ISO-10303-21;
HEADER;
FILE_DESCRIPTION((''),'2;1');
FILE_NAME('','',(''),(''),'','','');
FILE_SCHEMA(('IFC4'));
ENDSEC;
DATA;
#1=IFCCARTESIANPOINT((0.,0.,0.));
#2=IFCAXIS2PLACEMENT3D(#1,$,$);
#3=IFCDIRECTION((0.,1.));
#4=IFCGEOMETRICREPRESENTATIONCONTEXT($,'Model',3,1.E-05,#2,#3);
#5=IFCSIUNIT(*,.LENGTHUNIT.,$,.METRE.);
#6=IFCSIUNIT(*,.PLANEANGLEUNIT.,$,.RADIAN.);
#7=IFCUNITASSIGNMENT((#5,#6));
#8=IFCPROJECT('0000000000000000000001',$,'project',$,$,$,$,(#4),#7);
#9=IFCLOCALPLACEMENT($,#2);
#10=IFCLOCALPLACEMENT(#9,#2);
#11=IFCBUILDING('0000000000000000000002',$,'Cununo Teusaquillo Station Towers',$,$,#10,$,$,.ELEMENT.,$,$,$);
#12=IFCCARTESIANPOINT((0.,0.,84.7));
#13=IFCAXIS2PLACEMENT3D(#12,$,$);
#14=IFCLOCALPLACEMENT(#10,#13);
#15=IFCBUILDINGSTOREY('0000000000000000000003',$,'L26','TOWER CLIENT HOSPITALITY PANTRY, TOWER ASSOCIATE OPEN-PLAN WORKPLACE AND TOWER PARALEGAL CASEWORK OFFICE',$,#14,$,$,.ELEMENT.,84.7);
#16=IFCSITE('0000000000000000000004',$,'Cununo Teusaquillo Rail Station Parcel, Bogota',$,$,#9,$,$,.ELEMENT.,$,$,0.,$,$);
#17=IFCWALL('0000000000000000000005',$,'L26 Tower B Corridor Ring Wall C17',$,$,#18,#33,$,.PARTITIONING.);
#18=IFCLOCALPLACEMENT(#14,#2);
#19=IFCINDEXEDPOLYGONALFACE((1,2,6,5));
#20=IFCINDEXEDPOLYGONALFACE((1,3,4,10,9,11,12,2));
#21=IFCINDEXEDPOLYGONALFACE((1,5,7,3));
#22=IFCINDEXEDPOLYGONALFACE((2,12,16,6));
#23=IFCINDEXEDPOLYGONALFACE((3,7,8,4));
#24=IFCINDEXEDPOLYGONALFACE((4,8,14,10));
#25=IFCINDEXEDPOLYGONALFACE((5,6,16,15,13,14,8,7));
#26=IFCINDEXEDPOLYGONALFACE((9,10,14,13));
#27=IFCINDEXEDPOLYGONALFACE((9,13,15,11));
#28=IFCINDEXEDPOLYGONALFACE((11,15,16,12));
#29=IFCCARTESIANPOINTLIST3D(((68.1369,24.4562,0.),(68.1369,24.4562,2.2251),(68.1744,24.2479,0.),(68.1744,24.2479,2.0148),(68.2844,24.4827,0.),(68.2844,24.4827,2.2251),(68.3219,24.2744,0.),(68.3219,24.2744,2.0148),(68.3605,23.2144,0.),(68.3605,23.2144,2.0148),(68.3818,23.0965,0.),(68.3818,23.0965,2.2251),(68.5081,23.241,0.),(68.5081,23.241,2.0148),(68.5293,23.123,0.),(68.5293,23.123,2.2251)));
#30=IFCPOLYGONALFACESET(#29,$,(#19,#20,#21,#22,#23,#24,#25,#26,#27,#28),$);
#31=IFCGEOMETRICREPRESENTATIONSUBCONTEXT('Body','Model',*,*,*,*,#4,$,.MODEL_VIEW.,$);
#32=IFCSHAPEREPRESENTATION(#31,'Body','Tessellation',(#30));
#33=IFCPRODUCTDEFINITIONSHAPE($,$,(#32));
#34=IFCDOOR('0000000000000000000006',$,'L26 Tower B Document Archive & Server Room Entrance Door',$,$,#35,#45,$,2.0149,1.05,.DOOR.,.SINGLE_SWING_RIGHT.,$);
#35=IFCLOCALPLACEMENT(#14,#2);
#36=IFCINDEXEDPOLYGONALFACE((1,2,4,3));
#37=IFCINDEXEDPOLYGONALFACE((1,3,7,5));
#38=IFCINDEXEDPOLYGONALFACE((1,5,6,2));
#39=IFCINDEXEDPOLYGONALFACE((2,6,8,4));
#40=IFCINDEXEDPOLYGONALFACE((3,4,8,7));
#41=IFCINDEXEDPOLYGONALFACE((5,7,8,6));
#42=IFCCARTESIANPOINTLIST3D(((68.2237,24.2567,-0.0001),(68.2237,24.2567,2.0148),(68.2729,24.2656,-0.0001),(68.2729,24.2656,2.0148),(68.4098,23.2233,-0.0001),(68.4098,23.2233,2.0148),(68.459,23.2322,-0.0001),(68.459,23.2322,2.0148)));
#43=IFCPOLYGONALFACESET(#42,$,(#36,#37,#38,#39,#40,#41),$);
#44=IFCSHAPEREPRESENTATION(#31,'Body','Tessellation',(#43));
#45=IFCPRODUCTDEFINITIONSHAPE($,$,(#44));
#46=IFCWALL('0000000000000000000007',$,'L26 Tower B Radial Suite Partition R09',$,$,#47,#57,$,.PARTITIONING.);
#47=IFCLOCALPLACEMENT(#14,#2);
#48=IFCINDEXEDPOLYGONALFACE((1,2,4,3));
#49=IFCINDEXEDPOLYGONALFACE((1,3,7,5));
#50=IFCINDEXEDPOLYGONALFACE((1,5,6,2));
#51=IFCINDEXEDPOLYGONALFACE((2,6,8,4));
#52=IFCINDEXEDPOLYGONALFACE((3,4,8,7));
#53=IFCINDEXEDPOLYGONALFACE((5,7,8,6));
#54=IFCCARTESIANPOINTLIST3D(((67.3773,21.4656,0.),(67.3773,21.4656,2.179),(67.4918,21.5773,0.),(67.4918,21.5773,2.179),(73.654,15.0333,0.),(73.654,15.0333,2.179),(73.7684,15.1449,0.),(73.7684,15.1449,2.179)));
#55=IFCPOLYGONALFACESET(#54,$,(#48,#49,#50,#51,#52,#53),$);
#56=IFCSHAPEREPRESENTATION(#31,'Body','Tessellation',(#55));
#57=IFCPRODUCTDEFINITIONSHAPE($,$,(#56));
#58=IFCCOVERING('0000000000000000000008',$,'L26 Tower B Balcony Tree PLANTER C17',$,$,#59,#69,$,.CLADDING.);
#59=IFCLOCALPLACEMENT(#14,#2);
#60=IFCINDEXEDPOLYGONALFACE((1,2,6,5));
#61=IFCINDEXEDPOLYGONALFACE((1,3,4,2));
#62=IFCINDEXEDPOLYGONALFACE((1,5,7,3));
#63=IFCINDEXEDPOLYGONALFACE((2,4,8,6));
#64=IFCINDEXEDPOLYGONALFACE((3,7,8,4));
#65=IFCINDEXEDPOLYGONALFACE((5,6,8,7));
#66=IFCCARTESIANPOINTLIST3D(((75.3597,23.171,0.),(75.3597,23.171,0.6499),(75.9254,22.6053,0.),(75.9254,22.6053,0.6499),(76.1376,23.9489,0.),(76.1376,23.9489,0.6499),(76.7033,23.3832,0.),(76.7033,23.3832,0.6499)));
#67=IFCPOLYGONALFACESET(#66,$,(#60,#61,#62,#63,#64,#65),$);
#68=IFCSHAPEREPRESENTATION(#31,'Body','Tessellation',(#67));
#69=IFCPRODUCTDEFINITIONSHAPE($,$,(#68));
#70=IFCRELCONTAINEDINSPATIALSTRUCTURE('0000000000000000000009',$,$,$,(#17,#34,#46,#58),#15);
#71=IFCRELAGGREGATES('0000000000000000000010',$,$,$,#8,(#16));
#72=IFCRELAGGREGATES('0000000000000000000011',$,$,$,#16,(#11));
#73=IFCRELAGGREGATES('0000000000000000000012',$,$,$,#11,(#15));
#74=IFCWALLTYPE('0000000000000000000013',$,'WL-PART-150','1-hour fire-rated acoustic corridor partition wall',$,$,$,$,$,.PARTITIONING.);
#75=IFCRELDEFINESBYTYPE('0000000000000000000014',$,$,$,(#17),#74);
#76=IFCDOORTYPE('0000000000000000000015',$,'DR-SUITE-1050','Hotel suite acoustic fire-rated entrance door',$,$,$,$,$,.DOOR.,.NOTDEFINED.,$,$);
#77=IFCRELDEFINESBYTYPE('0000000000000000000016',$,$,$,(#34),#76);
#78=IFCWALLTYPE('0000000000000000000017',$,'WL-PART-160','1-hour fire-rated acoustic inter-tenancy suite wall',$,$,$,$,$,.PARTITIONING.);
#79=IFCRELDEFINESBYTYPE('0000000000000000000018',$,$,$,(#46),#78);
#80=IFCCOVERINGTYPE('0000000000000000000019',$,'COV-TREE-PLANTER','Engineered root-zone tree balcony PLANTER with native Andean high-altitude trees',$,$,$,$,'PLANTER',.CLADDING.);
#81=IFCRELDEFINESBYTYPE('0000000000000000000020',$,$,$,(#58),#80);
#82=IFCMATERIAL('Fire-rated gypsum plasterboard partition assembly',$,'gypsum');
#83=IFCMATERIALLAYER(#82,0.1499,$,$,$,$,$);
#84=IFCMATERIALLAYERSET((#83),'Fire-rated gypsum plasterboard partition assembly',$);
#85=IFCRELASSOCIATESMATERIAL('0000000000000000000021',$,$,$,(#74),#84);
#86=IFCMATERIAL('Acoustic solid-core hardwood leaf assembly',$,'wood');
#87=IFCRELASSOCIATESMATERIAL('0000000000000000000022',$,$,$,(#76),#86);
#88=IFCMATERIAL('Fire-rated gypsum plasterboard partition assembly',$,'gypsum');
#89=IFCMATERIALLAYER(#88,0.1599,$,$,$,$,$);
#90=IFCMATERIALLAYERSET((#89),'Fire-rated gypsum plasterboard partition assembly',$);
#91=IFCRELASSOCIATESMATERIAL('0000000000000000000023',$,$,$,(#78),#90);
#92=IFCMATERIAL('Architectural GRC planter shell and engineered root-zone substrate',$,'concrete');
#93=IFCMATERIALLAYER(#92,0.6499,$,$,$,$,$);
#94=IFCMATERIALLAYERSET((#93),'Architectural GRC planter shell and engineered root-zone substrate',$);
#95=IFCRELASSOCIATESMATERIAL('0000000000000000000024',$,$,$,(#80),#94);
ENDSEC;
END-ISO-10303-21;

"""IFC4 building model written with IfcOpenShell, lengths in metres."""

from ifc_helpers import new_model, si_unit, direction, frame, frame_2d, origin, origin_2d, place, context, subcontext, project, spatial, rectangle, extrude, source, transform, mapped, material, layer, layer_set, type_object, element, fill, save


model = new_model("IFC4")

# Units and contexts
model_context = context("Model", 3, precision=1e-05, world=origin(), true_north=direction((0.0, 1.0)))
body_context = subcontext(model_context, "Body", "Model", "MODEL_VIEW")
ifc_project = project(units=[si_unit("LENGTHUNIT", "METRE"), si_unit("PLANEANGLEUNIT", "RADIAN")], contexts=[model_context])

# Site, building, storey
site_placement = place(None, origin())
site = spatial("IfcSite", under=ifc_project, at=site_placement, Name="Cununo Teusaquillo Rail Station Parcel, Bogota", CompositionType="ELEMENT", RefElevation=0.0)
building_placement = place(site_placement, origin())
building = spatial("IfcBuilding", under=site, at=building_placement, Name="Cununo Teusaquillo Station Towers", CompositionType="ELEMENT")
storey_placement = place(building_placement, frame((0.0, 0.0, 84.7)))
storey = spatial("IfcBuildingStorey", under=building, at=storey_placement, Name="L26", Description="TOWER CLIENT HOSPITALITY PANTRY, TOWER ASSOCIATE OPEN-PLAN WORKPLACE AND TOWER PARALEGAL CASEWORK OFFICE", CompositionType="ELEMENT", Elevation=84.7)

# Shared definitions
ifc_material_1 = material(Name="Fire-rated gypsum plasterboard partition assembly", Category="gypsum")
ifc_layer_1 = layer(ifc_material_1, 0.1499)
ifc_layer_set_1 = layer_set([ifc_layer_1], Name="Fire-rated gypsum plasterboard partition assembly")
wall_type_1 = type_object("IfcWallType", Name="WL-PART-150", Description="1-hour fire-rated acoustic corridor partition wall", PredefinedType="PARTITIONING", material=ifc_layer_set_1)

# Wall, opening, door
wall_1_placement = place(storey_placement, frame((68.4556, 23.1096, 0.0), z_axis=(0.0, 0.0, 1.0), x_axis=(-0.177252, 0.984165, 0.0)))
wall_1 = element("IfcWall", 1, at=wall_1_placement, inside=storey, type_object=wall_type_1, Name="L26 Tower B Corridor Ring Wall C17", PredefinedType="PARTITIONING", context=body_context, shape_type="SweptSolid", body=[
    extrude(rectangle(XDim=1.3816, YDim=0.1499, at=frame_2d((0.6909, 0.0))), origin(), (0.0, 0.0, 1.0), 2.2251),
])
shared_shape_1 = source(origin(), body_context, "Body", "SweptSolid", [
    extrude(rectangle(XDim=1.05, YDim=2.0149, at=frame_2d((0.5249, 1.0073))), frame((0.0, 0.085, 0.0), z_axis=(0.0, -1.0, 0.0), x_axis=(1.0, 0.0, 0.0)), (0.0, 0.0, 1.0), 0.1699),
])
opening_1_placement = place(wall_1_placement, frame((0.1201, 0.0, 0.0)))
opening_1 = element("IfcOpeningElement", 2, at=opening_1_placement, cuts=wall_1, PredefinedType="OPENING", context=body_context, shape_type="MappedRepresentation", body=[
    mapped(shared_shape_1, transform((0.0, 0.0, 0.0), x_axis=(1.0, 0.0, 0.0), y_axis=(0.0, 1.0, 0.0), z_axis=(0.0, 0.0, 1.0), scale=1.0)),
])
ifc_material_2 = material(Name="Acoustic solid-core hardwood leaf assembly", Category="wood")
door_type = type_object("IfcDoorType", Name="DR-SUITE-1050", Description="Hotel suite acoustic fire-rated entrance door", OperationType="NOTDEFINED", PredefinedType="DOOR", material=ifc_material_2)
shared_shape_2 = source(origin(), body_context, "Body", "SweptSolid", [
    extrude(rectangle(XDim=1.05, YDim=2.0149, at=frame_2d((0.5249, 1.0073))), frame((0.0, 0.0249, 0.0), z_axis=(0.0, -1.0, 0.0), x_axis=(1.0, 0.0, 0.0)), (0.0, 0.0, 1.0), 0.05),
])
door_placement = place(opening_1_placement, origin())
door = element("IfcDoor", 3, at=door_placement, inside=storey, type_object=door_type, Name="L26 Tower B Document Archive & Server Room Entrance Door", OperationType="SINGLE_SWING_RIGHT", OverallHeight=2.0149, OverallWidth=1.05, PredefinedType="DOOR", context=body_context, shape_type="MappedRepresentation", body=[
    mapped(shared_shape_2, transform((0.0, 0.0, 0.0), x_axis=(1.0, 0.0, 0.0), y_axis=(0.0, 1.0, 0.0), z_axis=(0.0, 0.0, 1.0), scale=1.0)),
])
fill(opening_1, door)

# Wall
ifc_material_3 = material(Name="Fire-rated gypsum plasterboard partition assembly", Category="gypsum")
ifc_layer_2 = layer(ifc_material_3, 0.1599)
ifc_layer_set_2 = layer_set([ifc_layer_2], Name="Fire-rated gypsum plasterboard partition assembly")
wall_type_2 = type_object("IfcWallType", Name="WL-PART-160", Description="1-hour fire-rated acoustic inter-tenancy suite wall", PredefinedType="PARTITIONING", material=ifc_layer_set_2)
wall_2_placement = place(storey_placement, frame((67.4346, 21.5215, 0.0), z_axis=(0.0, 0.0, 1.0), x_axis=(0.698388, -0.715719, 0.0)))
element("IfcWall", 4, at=wall_2_placement, inside=storey, type_object=wall_type_2, Name="L26 Tower B Radial Suite Partition R09", PredefinedType="PARTITIONING", context=body_context, shape_type="SweptSolid", body=[
    extrude(rectangle(XDim=8.9873, YDim=0.1599, at=frame_2d((4.4937, 0.0))), origin(), (0.0, 0.0, 1.0), 2.179),
])

# Covering
ifc_material_4 = material(Name="Architectural GRC planter shell and engineered root-zone substrate", Category="concrete")
ifc_layer_3 = layer(ifc_material_4, 0.6499)
ifc_layer_set_3 = layer_set([ifc_layer_3], Name="Architectural GRC planter shell and engineered root-zone substrate")
covering_type = type_object("IfcCoveringType", Name="COV-TREE-PLANTER", Description="Engineered root-zone tree balcony PLANTER with native Andean high-altitude trees", ElementType="PLANTER", PredefinedType="CLADDING", material=ifc_layer_set_3)
shared_shape_3 = source(origin(), body_context, "Body", "SweptSolid", [
    extrude(rectangle(XDim=1.1001, YDim=0.8, at=origin_2d()), origin(), (0.0, 0.0, 1.0), 0.6499),
])
covering_placement = place(storey_placement, frame((76.0315, 23.2771, 0.0), z_axis=(0.0, 0.0, 1.0), x_axis=(0.707107, 0.707107, 0.0)))
element("IfcCovering", 5, at=covering_placement, inside=storey, type_object=covering_type, Name="L26 Tower B Balcony Tree PLANTER C17", PredefinedType="CLADDING", context=body_context, shape_type="MappedRepresentation", body=[
    mapped(shared_shape_3, transform((0.0, 0.0, 0.0), x_axis=(1.0, 0.0, 0.0), y_axis=(0.0, 1.0, 0.0), z_axis=(0.0, 0.0, 1.0), scale=1.0)),
])

save(model, "model.ifc")
